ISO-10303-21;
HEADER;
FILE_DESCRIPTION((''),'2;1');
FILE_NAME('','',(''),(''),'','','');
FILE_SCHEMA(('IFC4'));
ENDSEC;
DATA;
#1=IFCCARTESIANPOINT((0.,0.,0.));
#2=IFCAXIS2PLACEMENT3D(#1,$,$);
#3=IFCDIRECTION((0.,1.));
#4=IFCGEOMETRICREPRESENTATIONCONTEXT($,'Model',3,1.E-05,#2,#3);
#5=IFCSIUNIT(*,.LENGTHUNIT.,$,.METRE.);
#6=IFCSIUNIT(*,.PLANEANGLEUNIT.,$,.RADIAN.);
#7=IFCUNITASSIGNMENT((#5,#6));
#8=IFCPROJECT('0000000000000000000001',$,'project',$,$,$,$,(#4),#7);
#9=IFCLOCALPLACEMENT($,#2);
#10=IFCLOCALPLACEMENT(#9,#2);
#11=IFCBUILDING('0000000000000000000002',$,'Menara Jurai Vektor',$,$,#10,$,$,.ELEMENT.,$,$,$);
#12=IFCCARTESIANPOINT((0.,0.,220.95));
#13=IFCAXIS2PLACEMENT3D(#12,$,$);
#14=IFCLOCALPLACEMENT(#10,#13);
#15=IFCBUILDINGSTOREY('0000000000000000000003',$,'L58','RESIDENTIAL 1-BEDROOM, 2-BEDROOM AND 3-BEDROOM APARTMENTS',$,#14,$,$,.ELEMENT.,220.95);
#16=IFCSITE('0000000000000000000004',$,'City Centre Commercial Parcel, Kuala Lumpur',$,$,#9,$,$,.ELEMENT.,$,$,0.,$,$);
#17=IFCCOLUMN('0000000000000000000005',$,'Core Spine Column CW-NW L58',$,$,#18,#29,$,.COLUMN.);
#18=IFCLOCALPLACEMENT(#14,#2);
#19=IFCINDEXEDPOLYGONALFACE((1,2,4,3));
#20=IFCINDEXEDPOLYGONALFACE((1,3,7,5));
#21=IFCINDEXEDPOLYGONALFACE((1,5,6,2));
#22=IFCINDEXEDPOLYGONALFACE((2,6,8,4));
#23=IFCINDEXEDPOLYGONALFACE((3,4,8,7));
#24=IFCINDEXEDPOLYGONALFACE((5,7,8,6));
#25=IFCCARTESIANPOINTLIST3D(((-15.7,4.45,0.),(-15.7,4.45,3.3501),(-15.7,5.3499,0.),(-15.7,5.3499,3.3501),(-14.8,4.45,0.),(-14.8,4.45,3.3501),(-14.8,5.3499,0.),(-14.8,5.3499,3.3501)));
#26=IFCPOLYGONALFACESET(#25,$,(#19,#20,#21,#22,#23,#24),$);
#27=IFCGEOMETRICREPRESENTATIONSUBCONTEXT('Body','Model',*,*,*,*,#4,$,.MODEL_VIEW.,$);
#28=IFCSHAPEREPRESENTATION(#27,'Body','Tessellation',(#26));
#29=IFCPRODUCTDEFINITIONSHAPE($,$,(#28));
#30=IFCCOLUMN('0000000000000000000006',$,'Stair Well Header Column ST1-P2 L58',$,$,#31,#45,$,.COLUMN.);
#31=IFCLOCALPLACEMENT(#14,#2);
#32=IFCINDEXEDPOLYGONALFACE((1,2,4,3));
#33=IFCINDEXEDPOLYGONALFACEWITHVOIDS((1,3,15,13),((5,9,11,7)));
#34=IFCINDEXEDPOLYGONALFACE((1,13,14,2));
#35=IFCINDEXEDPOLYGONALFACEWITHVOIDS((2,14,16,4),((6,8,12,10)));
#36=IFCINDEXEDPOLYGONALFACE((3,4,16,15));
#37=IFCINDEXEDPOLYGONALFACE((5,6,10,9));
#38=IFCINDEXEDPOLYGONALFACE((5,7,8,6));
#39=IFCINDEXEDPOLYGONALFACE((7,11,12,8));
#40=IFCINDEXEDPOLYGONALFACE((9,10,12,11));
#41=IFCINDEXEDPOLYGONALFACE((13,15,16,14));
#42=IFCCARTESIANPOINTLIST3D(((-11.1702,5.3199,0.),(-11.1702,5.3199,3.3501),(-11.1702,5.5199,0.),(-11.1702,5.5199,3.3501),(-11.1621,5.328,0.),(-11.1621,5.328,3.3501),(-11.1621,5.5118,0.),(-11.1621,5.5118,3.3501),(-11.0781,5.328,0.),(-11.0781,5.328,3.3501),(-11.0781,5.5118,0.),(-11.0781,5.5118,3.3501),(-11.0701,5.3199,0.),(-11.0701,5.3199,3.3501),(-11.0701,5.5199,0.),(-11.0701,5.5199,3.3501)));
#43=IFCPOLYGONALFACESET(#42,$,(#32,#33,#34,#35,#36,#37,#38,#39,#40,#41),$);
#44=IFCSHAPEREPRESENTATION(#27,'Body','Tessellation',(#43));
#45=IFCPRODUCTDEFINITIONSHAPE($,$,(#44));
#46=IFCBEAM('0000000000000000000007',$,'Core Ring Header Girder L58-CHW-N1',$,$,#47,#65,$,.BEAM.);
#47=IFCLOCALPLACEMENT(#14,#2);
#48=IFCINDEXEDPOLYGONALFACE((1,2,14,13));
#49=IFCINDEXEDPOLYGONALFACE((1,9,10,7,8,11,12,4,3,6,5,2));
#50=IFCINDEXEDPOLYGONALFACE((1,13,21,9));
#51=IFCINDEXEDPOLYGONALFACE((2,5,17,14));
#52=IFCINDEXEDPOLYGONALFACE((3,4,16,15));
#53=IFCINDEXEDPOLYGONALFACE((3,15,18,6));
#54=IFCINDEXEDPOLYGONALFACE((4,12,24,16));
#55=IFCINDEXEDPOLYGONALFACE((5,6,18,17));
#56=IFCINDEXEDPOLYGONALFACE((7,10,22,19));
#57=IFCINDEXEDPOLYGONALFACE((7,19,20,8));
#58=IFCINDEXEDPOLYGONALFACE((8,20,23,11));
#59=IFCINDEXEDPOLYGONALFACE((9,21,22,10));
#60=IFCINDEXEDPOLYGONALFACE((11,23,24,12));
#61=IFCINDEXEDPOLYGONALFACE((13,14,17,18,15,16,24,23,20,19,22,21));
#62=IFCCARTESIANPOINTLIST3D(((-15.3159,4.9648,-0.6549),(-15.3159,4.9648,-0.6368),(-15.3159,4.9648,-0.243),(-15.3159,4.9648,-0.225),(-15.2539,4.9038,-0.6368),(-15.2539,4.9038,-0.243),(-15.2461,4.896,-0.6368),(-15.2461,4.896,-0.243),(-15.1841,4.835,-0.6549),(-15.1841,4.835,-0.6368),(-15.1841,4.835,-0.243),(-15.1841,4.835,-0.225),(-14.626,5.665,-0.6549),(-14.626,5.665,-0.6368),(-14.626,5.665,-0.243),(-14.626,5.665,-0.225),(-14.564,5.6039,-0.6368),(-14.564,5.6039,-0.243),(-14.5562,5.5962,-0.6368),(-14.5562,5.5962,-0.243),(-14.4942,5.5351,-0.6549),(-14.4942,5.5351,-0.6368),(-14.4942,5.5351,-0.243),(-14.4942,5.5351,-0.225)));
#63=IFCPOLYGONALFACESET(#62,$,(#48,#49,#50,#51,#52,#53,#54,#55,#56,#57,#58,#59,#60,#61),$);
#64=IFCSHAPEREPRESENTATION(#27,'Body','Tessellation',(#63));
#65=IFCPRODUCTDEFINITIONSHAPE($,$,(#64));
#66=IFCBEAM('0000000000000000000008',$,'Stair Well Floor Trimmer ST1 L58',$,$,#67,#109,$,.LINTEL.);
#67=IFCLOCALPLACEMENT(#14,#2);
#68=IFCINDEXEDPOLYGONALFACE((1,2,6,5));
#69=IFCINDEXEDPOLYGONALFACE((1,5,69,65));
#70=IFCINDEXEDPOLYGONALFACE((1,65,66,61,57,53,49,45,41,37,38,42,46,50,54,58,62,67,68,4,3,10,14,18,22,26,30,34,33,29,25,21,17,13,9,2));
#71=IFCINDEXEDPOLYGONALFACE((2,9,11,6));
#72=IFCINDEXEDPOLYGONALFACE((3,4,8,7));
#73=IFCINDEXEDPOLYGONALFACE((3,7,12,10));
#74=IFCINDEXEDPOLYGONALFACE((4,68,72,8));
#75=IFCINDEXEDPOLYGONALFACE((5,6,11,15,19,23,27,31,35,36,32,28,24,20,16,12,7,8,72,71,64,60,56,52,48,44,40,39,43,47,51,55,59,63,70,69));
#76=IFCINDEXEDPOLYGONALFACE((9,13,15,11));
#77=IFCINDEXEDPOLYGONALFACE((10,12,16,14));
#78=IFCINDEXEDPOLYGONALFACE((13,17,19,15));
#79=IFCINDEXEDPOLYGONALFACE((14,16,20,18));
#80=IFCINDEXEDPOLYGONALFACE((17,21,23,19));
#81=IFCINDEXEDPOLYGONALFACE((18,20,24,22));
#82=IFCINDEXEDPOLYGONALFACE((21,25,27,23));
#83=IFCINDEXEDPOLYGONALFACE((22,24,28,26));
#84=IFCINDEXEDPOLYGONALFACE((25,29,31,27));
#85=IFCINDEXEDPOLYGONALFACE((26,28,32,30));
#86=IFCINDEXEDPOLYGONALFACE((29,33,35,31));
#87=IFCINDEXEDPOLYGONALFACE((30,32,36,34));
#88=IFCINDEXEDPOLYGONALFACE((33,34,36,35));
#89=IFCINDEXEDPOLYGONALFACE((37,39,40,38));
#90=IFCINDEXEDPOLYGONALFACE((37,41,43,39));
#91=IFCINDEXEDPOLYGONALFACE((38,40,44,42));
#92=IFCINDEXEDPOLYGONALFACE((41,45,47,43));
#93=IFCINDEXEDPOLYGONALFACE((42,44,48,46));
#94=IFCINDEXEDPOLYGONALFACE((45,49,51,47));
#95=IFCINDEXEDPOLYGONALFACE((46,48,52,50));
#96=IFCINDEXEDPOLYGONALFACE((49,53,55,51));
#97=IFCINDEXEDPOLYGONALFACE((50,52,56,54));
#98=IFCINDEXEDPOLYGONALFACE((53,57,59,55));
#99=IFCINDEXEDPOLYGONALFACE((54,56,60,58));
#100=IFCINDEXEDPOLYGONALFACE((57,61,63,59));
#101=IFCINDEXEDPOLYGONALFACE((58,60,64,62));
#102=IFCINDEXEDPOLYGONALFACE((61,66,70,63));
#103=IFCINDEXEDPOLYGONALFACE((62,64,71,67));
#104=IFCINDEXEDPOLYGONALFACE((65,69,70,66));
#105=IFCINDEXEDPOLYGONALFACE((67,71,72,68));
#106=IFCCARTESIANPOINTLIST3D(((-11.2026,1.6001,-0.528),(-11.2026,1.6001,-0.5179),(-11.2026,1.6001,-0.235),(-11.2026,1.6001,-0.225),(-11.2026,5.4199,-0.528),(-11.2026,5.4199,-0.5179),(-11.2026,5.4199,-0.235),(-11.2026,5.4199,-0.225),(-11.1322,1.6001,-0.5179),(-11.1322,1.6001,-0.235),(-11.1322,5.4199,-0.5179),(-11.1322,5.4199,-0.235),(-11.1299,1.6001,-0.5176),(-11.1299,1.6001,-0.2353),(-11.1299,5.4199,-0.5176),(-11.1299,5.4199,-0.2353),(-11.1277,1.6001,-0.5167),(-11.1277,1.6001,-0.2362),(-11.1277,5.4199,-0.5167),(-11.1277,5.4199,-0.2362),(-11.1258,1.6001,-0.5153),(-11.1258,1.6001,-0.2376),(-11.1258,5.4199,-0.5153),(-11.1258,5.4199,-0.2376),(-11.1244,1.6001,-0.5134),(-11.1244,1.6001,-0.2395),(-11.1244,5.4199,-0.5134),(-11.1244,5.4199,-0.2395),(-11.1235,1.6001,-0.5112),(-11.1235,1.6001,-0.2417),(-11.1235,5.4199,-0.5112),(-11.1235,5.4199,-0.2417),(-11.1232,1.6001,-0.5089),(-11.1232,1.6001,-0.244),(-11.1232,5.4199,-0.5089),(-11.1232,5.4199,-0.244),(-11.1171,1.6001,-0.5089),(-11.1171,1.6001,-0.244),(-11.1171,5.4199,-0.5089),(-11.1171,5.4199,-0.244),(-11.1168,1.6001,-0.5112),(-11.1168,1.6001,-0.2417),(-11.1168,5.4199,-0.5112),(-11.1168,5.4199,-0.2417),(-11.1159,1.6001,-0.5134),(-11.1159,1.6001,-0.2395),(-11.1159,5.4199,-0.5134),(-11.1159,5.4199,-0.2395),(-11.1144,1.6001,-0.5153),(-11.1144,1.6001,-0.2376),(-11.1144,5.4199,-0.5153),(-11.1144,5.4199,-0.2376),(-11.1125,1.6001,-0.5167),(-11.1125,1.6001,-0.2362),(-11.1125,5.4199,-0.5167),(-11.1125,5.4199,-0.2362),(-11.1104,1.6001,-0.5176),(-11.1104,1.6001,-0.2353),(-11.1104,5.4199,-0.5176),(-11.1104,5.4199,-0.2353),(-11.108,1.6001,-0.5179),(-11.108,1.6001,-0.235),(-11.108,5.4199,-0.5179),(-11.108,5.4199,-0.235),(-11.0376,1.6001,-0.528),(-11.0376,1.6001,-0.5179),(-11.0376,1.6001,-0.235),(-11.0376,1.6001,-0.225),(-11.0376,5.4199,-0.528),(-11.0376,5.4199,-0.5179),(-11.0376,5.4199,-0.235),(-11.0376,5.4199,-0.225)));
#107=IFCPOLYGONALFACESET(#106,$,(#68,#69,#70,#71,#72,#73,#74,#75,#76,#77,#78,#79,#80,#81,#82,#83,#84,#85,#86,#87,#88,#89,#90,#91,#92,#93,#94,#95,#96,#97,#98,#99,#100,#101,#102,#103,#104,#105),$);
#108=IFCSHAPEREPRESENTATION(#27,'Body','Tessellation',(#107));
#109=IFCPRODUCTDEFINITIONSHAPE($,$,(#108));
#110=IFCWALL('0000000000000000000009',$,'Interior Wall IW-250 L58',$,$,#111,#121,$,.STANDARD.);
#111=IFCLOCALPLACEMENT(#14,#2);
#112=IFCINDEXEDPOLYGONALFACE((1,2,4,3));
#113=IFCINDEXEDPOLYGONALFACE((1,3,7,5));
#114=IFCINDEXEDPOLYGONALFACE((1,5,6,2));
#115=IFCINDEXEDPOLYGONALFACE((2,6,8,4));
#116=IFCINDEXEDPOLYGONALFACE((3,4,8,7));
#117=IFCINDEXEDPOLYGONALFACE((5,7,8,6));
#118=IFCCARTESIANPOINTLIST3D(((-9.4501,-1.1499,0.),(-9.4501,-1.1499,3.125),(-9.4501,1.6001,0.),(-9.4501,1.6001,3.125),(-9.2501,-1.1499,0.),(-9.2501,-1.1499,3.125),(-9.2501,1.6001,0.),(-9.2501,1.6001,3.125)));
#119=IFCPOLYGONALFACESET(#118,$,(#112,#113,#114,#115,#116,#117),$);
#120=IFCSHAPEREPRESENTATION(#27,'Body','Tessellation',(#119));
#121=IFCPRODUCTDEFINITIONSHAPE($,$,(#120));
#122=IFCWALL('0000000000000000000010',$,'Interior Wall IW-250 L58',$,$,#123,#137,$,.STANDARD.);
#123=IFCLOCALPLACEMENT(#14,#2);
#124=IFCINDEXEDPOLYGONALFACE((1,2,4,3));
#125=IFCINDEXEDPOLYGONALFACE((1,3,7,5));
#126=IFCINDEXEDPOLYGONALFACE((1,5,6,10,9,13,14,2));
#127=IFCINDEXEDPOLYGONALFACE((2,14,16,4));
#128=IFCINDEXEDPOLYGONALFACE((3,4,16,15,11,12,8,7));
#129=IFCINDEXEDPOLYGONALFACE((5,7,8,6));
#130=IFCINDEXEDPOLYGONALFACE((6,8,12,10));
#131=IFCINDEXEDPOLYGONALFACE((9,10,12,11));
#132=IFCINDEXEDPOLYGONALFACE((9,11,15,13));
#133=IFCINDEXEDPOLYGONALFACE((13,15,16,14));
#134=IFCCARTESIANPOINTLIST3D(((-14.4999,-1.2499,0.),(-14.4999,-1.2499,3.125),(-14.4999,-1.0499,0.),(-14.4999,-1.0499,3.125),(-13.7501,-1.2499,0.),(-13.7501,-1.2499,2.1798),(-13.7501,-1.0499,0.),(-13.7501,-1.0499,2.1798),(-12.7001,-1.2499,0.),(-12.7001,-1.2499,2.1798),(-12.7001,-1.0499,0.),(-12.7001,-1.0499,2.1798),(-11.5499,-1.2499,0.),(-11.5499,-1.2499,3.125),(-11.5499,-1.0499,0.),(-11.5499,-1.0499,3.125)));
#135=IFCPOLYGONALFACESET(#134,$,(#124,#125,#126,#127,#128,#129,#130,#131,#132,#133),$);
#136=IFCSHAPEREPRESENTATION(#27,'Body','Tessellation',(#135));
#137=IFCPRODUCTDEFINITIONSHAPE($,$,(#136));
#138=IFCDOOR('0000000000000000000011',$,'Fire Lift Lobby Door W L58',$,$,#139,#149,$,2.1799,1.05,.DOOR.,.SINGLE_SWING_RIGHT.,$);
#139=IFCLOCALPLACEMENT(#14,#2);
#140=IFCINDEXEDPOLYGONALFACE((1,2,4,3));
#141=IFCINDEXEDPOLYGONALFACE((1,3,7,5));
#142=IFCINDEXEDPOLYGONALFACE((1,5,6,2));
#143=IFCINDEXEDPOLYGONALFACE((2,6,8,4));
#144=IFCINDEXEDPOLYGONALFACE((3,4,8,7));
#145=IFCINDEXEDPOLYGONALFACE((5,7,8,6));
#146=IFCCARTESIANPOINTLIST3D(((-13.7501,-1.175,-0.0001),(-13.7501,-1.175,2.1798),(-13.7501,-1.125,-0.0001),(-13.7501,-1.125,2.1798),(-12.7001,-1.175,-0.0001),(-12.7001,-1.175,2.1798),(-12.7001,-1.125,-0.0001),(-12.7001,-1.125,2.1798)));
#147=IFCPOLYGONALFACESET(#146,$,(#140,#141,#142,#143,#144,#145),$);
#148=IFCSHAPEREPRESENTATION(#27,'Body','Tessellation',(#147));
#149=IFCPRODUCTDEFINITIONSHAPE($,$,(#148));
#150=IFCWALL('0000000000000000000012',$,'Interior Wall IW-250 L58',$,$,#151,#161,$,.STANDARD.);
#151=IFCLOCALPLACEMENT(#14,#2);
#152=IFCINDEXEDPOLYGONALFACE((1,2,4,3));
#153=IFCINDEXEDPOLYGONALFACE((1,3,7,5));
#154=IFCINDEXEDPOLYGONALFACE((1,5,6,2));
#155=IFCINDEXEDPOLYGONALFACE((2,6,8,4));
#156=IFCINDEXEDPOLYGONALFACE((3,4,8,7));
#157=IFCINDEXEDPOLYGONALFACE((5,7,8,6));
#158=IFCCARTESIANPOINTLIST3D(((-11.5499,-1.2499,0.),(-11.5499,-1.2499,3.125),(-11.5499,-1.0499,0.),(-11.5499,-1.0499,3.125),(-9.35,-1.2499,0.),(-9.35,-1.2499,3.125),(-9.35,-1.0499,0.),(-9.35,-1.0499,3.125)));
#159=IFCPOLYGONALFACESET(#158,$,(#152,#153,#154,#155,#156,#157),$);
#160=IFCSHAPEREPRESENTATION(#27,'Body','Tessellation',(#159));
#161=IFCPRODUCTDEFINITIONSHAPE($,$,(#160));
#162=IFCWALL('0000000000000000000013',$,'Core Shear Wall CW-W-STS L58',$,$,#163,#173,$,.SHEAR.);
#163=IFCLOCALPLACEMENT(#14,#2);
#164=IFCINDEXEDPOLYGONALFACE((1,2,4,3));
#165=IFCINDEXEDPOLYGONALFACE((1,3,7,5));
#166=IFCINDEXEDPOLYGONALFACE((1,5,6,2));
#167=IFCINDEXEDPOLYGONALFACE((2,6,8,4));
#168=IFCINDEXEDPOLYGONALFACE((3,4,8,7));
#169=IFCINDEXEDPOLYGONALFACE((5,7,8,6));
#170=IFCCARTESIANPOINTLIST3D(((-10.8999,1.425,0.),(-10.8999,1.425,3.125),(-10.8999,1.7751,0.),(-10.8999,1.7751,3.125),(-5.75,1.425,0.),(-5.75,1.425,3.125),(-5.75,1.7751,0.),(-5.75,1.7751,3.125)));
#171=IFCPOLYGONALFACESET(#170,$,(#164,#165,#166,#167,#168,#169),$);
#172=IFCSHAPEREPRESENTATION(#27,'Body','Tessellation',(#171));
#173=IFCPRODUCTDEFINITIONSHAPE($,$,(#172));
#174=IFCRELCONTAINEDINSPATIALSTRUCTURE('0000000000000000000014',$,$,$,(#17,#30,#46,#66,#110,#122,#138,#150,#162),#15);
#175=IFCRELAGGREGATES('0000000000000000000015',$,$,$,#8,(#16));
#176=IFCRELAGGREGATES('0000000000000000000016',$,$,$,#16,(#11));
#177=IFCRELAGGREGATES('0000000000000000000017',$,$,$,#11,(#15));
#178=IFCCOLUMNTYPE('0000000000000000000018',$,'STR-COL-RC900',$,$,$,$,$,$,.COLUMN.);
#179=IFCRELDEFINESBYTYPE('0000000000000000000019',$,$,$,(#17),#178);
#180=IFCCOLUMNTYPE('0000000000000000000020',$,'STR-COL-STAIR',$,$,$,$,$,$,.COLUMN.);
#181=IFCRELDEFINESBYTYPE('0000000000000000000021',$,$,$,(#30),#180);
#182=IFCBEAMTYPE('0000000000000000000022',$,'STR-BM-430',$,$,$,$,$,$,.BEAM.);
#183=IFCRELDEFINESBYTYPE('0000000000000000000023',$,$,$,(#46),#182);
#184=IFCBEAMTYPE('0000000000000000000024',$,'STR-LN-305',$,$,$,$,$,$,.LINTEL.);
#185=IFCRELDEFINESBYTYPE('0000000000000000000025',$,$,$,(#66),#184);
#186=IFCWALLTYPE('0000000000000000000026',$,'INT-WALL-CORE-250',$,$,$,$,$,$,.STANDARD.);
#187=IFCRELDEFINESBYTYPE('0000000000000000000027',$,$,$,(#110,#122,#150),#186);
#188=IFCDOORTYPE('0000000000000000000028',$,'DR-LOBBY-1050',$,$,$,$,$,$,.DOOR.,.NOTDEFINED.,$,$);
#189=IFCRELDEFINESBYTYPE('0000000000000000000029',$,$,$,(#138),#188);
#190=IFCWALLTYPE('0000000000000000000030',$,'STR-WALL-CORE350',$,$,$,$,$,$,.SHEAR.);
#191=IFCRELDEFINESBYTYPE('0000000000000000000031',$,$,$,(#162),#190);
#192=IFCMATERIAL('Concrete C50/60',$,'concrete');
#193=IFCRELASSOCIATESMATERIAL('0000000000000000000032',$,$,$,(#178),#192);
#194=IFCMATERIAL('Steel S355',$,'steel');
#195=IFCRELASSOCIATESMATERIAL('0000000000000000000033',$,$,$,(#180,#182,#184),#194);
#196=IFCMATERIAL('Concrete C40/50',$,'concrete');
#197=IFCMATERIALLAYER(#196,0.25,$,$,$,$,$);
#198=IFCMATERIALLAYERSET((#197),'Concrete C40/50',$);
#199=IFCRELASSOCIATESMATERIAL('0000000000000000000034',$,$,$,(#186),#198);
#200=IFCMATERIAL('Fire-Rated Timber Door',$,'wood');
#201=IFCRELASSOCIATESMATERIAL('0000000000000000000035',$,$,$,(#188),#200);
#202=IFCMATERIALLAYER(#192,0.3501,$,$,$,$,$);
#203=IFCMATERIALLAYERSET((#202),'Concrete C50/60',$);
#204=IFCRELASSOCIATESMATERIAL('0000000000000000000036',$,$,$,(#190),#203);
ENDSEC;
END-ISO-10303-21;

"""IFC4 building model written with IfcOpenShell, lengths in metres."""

from ifc_helpers import new_model, si_unit, direction, frame, frame_2d, origin, origin_2d, place, context, subcontext, project, spatial, rectangle, hollow_rectangle, i_section, extrude, material, layer, layer_set, material_profile, profile_set, type_object, element, fill, save


model = new_model("IFC4")

# Units and contexts
model_context = context("Model", 3, precision=1e-05, world=origin(), true_north=direction((0.0, 1.0)))
body_context = subcontext(model_context, "Body", "Model", "MODEL_VIEW")
ifc_project = project(units=[si_unit("LENGTHUNIT", "METRE"), si_unit("PLANEANGLEUNIT", "RADIAN")], contexts=[model_context])

# Site, building, storey
site_placement = place(None, origin())
site = spatial("IfcSite", under=ifc_project, at=site_placement, Name="City Centre Commercial Parcel, Kuala Lumpur", CompositionType="ELEMENT", RefElevation=0.0)
building_placement = place(site_placement, origin())
building = spatial("IfcBuilding", under=site, at=building_placement, Name="Menara Jurai Vektor", CompositionType="ELEMENT")
storey_placement = place(building_placement, frame((0.0, 0.0, 220.95)))
storey = spatial("IfcBuildingStorey", under=building, at=storey_placement, Name="L58", Description="RESIDENTIAL 1-BEDROOM, 2-BEDROOM AND 3-BEDROOM APARTMENTS", CompositionType="ELEMENT", Elevation=220.95)

# Columns
ifc_material_1 = material(Name="Concrete C50/60", Category="concrete")
ifc_material_profile_1 = material_profile(ifc_material_1, rectangle(XDim=0.8999, YDim=0.8999, at=origin_2d()), Name="RC 900x900")
ifc_profile_set_1 = profile_set([ifc_material_profile_1], Name="Concrete C50/60")
column_type_1 = type_object("IfcColumnType", Name="STR-COL-RC900", PredefinedType="COLUMN", material=ifc_profile_set_1)
column_1_placement = place(storey_placement, frame((-15.25, 4.8999, 0.0), z_axis=(0.0, 0.0, 1.0), x_axis=(1.0, 0.0, 0.0)))
element("IfcColumn", 1, at=column_1_placement, inside=storey, type_object=column_type_1, Name="Core Spine Column CW-NW L58", PredefinedType="COLUMN", context=body_context, shape_type="SweptSolid", body=[
    extrude(rectangle(XDim=0.8999, YDim=0.8999, at=origin_2d()), origin(), (0.0, 0.0, 1.0), 3.3501),
])
ifc_material_2 = material(Name="Steel S355", Category="steel")
ifc_material_profile_2 = material_profile(ifc_material_2, hollow_rectangle(XDim=0.1001, YDim=0.2, WallThickness=0.0081, at=origin_2d()), Name="RHS 200x100x8")
ifc_profile_set_2 = profile_set([ifc_material_profile_2], Name="Steel S355")
column_type_2 = type_object("IfcColumnType", Name="STR-COL-STAIR", PredefinedType="COLUMN", material=ifc_profile_set_2)
column_2_placement = place(storey_placement, frame((-11.1201, 5.4199, 0.0), z_axis=(0.0, 0.0, 1.0), x_axis=(1.0, 0.0, 0.0)))
element("IfcColumn", 2, at=column_2_placement, inside=storey, type_object=column_type_2, Name="Stair Well Header Column ST1-P2 L58", PredefinedType="COLUMN", context=body_context, shape_type="SweptSolid", body=[
    extrude(hollow_rectangle(XDim=0.1001, YDim=0.2, WallThickness=0.0081, at=origin_2d()), origin(), (0.0, 0.0, 1.0), 3.3501),
])

# Beams
ifc_material_profile_3 = material_profile(ifc_material_2, i_section(OverallWidth=0.1851, OverallDepth=0.4299, WebThickness=0.011, FlangeThickness=0.0181, at=origin_2d()), Name="PG 430x185x76")
ifc_profile_set_3 = profile_set([ifc_material_profile_3], Name="Steel S355")
beam_type_1 = type_object("IfcBeamType", Name="STR-BM-430", PredefinedType="BEAM", material=ifc_profile_set_3)
beam_1_placement = place(storey_placement, frame((-15.25, 4.8999, -0.4399), z_axis=(0.701872, 0.712303, 0.0), x_axis=(-0.712303, 0.701872, 0.0)))
element("IfcBeam", 3, at=beam_1_placement, inside=storey, type_object=beam_type_1, Name="Core Ring Header Girder L58-CHW-N1", PredefinedType="BEAM", context=body_context, shape_type="SweptSolid", body=[
    extrude(i_section(OverallWidth=0.1851, OverallDepth=0.4299, WebThickness=0.011, FlangeThickness=0.0181, at=origin_2d()), origin(), (0.0, 0.0, 1.0), 0.9829),
])
ifc_material_profile_4 = material_profile(ifc_material_2, i_section(OverallWidth=0.165, OverallDepth=0.303, WebThickness=0.0061, FlangeThickness=0.01, FilletRadius=0.009, at=origin_2d()), Name="UKB 305x165x40")
ifc_profile_set_4 = profile_set([ifc_material_profile_4], Name="Steel S355")
beam_type_2 = type_object("IfcBeamType", Name="STR-LN-305", PredefinedType="LINTEL", material=ifc_profile_set_4)
beam_2_placement = place(storey_placement, frame((-11.1201, 1.6001, -0.3765), z_axis=(0.0, 1.0, 0.0), x_axis=(-1.0, 0.0, 0.0)))
element("IfcBeam", 4, at=beam_2_placement, inside=storey, type_object=beam_type_2, Name="Stair Well Floor Trimmer ST1 L58", PredefinedType="LINTEL", context=body_context, shape_type="SweptSolid", body=[
    extrude(i_section(OverallWidth=0.165, OverallDepth=0.303, WebThickness=0.0061, FlangeThickness=0.01, FilletRadius=0.009, at=origin_2d()), origin(), (0.0, 0.0, 1.0), 3.8198),
])

# Shared definitions
ifc_material_3 = material(Name="Concrete C40/50", Category="concrete")
ifc_layer_1 = layer(ifc_material_3, 0.25)
ifc_layer_set_1 = layer_set([ifc_layer_1], Name="Concrete C40/50")
wall_type_1 = type_object("IfcWallType", Name="INT-WALL-CORE-250", PredefinedType="STANDARD", material=ifc_layer_set_1)

# Wall
wall_1_placement = place(storey_placement, frame((-9.3501, -1.1499, 0.0), z_axis=(0.0, 0.0, 1.0), x_axis=(0.0, 1.0, 0.0)))
element("IfcWall", 5, at=wall_1_placement, inside=storey, type_object=wall_type_1, Name="Interior Wall IW-250 L58", PredefinedType="STANDARD", context=body_context, shape_type="SweptSolid", body=[
    extrude(rectangle(XDim=2.75, YDim=0.2, at=frame_2d((1.375, 0.0))), origin(), (0.0, 0.0, 1.0), 3.125),
])

# Wall, opening, door
wall_2_placement = place(storey_placement, frame((-14.5, -1.1499, 0.0), z_axis=(0.0, 0.0, 1.0), x_axis=(1.0, 0.0, 0.0)))
wall_2 = element("IfcWall", 6, at=wall_2_placement, inside=storey, type_object=wall_type_1, Name="Interior Wall IW-250 L58", PredefinedType="STANDARD", context=body_context, shape_type="SweptSolid", body=[
    extrude(rectangle(XDim=2.95, YDim=0.2, at=frame_2d((1.4751, 0.0))), origin(), (0.0, 0.0, 1.0), 3.125),
])
opening_1_placement = place(wall_2_placement, frame((0.75, 0.0, 0.0)))
opening_1 = element("IfcOpeningElement", 7, at=opening_1_placement, cuts=wall_2, PredefinedType="OPENING", context=body_context, shape_type="SweptSolid", body=[
    extrude(rectangle(XDim=1.05, YDim=2.1799, at=frame_2d((0.5249, 1.0898))), frame((0.0, 0.1099, 0.0), z_axis=(0.0, -1.0, 0.0), x_axis=(1.0, 0.0, 0.0)), (0.0, 0.0, 1.0), 0.22),
])
ifc_material_4 = material(Name="Fire-Rated Timber Door", Category="wood")
door_type_1 = type_object("IfcDoorType", Name="DR-LOBBY-1050", OperationType="NOTDEFINED", PredefinedType="DOOR", material=ifc_material_4)
door_1_placement = place(opening_1_placement, origin())
door_1 = element("IfcDoor", 8, at=door_1_placement, inside=storey, type_object=door_type_1, Name="Fire Lift Lobby Door W L58", OperationType="SINGLE_SWING_RIGHT", OverallHeight=2.1799, OverallWidth=1.05, PredefinedType="DOOR", context=body_context, shape_type="SweptSolid", body=[
    extrude(rectangle(XDim=1.05, YDim=2.1799, at=frame_2d((0.5249, 1.0898))), frame((0.0, 0.0249, 0.0), z_axis=(0.0, -1.0, 0.0), x_axis=(1.0, 0.0, 0.0)), (0.0, 0.0, 1.0), 0.05),
])
fill(opening_1, door_1)

# Wall
wall_3_placement = place(storey_placement, frame((-11.55, -1.1499, 0.0), z_axis=(0.0, 0.0, 1.0), x_axis=(1.0, 0.0, 0.0)))
element("IfcWall", 9, at=wall_3_placement, inside=storey, type_object=wall_type_1, Name="Interior Wall IW-250 L58", PredefinedType="STANDARD", context=body_context, shape_type="SweptSolid", body=[
    extrude(rectangle(XDim=2.2, YDim=0.2, at=frame_2d((1.1001, 0.0))), origin(), (0.0, 0.0, 1.0), 3.125),
])

# Wall
ifc_layer_2 = layer(ifc_material_1, 0.3501)
ifc_layer_set_2 = layer_set([ifc_layer_2], Name="Concrete C50/60")
wall_type_2 = type_object("IfcWallType", Name="STR-WALL-CORE350", PredefinedType="SHEAR", material=ifc_layer_set_2)
wall_4_placement = place(storey_placement, frame((-10.8999, 1.6001, 0.0), z_axis=(0.0, 0.0, 1.0), x_axis=(1.0, 0.0, 0.0)))
element("IfcWall", 10, at=wall_4_placement, inside=storey, type_object=wall_type_2, Name="Core Shear Wall CW-W-STS L58", PredefinedType="SHEAR", context=body_context, shape_type="SweptSolid", body=[
    extrude(rectangle(XDim=5.1499, YDim=0.3501, at=frame_2d((2.575, 0.0))), origin(), (0.0, 0.0, 1.0), 3.125),
])

save(model, "model.ifc")
